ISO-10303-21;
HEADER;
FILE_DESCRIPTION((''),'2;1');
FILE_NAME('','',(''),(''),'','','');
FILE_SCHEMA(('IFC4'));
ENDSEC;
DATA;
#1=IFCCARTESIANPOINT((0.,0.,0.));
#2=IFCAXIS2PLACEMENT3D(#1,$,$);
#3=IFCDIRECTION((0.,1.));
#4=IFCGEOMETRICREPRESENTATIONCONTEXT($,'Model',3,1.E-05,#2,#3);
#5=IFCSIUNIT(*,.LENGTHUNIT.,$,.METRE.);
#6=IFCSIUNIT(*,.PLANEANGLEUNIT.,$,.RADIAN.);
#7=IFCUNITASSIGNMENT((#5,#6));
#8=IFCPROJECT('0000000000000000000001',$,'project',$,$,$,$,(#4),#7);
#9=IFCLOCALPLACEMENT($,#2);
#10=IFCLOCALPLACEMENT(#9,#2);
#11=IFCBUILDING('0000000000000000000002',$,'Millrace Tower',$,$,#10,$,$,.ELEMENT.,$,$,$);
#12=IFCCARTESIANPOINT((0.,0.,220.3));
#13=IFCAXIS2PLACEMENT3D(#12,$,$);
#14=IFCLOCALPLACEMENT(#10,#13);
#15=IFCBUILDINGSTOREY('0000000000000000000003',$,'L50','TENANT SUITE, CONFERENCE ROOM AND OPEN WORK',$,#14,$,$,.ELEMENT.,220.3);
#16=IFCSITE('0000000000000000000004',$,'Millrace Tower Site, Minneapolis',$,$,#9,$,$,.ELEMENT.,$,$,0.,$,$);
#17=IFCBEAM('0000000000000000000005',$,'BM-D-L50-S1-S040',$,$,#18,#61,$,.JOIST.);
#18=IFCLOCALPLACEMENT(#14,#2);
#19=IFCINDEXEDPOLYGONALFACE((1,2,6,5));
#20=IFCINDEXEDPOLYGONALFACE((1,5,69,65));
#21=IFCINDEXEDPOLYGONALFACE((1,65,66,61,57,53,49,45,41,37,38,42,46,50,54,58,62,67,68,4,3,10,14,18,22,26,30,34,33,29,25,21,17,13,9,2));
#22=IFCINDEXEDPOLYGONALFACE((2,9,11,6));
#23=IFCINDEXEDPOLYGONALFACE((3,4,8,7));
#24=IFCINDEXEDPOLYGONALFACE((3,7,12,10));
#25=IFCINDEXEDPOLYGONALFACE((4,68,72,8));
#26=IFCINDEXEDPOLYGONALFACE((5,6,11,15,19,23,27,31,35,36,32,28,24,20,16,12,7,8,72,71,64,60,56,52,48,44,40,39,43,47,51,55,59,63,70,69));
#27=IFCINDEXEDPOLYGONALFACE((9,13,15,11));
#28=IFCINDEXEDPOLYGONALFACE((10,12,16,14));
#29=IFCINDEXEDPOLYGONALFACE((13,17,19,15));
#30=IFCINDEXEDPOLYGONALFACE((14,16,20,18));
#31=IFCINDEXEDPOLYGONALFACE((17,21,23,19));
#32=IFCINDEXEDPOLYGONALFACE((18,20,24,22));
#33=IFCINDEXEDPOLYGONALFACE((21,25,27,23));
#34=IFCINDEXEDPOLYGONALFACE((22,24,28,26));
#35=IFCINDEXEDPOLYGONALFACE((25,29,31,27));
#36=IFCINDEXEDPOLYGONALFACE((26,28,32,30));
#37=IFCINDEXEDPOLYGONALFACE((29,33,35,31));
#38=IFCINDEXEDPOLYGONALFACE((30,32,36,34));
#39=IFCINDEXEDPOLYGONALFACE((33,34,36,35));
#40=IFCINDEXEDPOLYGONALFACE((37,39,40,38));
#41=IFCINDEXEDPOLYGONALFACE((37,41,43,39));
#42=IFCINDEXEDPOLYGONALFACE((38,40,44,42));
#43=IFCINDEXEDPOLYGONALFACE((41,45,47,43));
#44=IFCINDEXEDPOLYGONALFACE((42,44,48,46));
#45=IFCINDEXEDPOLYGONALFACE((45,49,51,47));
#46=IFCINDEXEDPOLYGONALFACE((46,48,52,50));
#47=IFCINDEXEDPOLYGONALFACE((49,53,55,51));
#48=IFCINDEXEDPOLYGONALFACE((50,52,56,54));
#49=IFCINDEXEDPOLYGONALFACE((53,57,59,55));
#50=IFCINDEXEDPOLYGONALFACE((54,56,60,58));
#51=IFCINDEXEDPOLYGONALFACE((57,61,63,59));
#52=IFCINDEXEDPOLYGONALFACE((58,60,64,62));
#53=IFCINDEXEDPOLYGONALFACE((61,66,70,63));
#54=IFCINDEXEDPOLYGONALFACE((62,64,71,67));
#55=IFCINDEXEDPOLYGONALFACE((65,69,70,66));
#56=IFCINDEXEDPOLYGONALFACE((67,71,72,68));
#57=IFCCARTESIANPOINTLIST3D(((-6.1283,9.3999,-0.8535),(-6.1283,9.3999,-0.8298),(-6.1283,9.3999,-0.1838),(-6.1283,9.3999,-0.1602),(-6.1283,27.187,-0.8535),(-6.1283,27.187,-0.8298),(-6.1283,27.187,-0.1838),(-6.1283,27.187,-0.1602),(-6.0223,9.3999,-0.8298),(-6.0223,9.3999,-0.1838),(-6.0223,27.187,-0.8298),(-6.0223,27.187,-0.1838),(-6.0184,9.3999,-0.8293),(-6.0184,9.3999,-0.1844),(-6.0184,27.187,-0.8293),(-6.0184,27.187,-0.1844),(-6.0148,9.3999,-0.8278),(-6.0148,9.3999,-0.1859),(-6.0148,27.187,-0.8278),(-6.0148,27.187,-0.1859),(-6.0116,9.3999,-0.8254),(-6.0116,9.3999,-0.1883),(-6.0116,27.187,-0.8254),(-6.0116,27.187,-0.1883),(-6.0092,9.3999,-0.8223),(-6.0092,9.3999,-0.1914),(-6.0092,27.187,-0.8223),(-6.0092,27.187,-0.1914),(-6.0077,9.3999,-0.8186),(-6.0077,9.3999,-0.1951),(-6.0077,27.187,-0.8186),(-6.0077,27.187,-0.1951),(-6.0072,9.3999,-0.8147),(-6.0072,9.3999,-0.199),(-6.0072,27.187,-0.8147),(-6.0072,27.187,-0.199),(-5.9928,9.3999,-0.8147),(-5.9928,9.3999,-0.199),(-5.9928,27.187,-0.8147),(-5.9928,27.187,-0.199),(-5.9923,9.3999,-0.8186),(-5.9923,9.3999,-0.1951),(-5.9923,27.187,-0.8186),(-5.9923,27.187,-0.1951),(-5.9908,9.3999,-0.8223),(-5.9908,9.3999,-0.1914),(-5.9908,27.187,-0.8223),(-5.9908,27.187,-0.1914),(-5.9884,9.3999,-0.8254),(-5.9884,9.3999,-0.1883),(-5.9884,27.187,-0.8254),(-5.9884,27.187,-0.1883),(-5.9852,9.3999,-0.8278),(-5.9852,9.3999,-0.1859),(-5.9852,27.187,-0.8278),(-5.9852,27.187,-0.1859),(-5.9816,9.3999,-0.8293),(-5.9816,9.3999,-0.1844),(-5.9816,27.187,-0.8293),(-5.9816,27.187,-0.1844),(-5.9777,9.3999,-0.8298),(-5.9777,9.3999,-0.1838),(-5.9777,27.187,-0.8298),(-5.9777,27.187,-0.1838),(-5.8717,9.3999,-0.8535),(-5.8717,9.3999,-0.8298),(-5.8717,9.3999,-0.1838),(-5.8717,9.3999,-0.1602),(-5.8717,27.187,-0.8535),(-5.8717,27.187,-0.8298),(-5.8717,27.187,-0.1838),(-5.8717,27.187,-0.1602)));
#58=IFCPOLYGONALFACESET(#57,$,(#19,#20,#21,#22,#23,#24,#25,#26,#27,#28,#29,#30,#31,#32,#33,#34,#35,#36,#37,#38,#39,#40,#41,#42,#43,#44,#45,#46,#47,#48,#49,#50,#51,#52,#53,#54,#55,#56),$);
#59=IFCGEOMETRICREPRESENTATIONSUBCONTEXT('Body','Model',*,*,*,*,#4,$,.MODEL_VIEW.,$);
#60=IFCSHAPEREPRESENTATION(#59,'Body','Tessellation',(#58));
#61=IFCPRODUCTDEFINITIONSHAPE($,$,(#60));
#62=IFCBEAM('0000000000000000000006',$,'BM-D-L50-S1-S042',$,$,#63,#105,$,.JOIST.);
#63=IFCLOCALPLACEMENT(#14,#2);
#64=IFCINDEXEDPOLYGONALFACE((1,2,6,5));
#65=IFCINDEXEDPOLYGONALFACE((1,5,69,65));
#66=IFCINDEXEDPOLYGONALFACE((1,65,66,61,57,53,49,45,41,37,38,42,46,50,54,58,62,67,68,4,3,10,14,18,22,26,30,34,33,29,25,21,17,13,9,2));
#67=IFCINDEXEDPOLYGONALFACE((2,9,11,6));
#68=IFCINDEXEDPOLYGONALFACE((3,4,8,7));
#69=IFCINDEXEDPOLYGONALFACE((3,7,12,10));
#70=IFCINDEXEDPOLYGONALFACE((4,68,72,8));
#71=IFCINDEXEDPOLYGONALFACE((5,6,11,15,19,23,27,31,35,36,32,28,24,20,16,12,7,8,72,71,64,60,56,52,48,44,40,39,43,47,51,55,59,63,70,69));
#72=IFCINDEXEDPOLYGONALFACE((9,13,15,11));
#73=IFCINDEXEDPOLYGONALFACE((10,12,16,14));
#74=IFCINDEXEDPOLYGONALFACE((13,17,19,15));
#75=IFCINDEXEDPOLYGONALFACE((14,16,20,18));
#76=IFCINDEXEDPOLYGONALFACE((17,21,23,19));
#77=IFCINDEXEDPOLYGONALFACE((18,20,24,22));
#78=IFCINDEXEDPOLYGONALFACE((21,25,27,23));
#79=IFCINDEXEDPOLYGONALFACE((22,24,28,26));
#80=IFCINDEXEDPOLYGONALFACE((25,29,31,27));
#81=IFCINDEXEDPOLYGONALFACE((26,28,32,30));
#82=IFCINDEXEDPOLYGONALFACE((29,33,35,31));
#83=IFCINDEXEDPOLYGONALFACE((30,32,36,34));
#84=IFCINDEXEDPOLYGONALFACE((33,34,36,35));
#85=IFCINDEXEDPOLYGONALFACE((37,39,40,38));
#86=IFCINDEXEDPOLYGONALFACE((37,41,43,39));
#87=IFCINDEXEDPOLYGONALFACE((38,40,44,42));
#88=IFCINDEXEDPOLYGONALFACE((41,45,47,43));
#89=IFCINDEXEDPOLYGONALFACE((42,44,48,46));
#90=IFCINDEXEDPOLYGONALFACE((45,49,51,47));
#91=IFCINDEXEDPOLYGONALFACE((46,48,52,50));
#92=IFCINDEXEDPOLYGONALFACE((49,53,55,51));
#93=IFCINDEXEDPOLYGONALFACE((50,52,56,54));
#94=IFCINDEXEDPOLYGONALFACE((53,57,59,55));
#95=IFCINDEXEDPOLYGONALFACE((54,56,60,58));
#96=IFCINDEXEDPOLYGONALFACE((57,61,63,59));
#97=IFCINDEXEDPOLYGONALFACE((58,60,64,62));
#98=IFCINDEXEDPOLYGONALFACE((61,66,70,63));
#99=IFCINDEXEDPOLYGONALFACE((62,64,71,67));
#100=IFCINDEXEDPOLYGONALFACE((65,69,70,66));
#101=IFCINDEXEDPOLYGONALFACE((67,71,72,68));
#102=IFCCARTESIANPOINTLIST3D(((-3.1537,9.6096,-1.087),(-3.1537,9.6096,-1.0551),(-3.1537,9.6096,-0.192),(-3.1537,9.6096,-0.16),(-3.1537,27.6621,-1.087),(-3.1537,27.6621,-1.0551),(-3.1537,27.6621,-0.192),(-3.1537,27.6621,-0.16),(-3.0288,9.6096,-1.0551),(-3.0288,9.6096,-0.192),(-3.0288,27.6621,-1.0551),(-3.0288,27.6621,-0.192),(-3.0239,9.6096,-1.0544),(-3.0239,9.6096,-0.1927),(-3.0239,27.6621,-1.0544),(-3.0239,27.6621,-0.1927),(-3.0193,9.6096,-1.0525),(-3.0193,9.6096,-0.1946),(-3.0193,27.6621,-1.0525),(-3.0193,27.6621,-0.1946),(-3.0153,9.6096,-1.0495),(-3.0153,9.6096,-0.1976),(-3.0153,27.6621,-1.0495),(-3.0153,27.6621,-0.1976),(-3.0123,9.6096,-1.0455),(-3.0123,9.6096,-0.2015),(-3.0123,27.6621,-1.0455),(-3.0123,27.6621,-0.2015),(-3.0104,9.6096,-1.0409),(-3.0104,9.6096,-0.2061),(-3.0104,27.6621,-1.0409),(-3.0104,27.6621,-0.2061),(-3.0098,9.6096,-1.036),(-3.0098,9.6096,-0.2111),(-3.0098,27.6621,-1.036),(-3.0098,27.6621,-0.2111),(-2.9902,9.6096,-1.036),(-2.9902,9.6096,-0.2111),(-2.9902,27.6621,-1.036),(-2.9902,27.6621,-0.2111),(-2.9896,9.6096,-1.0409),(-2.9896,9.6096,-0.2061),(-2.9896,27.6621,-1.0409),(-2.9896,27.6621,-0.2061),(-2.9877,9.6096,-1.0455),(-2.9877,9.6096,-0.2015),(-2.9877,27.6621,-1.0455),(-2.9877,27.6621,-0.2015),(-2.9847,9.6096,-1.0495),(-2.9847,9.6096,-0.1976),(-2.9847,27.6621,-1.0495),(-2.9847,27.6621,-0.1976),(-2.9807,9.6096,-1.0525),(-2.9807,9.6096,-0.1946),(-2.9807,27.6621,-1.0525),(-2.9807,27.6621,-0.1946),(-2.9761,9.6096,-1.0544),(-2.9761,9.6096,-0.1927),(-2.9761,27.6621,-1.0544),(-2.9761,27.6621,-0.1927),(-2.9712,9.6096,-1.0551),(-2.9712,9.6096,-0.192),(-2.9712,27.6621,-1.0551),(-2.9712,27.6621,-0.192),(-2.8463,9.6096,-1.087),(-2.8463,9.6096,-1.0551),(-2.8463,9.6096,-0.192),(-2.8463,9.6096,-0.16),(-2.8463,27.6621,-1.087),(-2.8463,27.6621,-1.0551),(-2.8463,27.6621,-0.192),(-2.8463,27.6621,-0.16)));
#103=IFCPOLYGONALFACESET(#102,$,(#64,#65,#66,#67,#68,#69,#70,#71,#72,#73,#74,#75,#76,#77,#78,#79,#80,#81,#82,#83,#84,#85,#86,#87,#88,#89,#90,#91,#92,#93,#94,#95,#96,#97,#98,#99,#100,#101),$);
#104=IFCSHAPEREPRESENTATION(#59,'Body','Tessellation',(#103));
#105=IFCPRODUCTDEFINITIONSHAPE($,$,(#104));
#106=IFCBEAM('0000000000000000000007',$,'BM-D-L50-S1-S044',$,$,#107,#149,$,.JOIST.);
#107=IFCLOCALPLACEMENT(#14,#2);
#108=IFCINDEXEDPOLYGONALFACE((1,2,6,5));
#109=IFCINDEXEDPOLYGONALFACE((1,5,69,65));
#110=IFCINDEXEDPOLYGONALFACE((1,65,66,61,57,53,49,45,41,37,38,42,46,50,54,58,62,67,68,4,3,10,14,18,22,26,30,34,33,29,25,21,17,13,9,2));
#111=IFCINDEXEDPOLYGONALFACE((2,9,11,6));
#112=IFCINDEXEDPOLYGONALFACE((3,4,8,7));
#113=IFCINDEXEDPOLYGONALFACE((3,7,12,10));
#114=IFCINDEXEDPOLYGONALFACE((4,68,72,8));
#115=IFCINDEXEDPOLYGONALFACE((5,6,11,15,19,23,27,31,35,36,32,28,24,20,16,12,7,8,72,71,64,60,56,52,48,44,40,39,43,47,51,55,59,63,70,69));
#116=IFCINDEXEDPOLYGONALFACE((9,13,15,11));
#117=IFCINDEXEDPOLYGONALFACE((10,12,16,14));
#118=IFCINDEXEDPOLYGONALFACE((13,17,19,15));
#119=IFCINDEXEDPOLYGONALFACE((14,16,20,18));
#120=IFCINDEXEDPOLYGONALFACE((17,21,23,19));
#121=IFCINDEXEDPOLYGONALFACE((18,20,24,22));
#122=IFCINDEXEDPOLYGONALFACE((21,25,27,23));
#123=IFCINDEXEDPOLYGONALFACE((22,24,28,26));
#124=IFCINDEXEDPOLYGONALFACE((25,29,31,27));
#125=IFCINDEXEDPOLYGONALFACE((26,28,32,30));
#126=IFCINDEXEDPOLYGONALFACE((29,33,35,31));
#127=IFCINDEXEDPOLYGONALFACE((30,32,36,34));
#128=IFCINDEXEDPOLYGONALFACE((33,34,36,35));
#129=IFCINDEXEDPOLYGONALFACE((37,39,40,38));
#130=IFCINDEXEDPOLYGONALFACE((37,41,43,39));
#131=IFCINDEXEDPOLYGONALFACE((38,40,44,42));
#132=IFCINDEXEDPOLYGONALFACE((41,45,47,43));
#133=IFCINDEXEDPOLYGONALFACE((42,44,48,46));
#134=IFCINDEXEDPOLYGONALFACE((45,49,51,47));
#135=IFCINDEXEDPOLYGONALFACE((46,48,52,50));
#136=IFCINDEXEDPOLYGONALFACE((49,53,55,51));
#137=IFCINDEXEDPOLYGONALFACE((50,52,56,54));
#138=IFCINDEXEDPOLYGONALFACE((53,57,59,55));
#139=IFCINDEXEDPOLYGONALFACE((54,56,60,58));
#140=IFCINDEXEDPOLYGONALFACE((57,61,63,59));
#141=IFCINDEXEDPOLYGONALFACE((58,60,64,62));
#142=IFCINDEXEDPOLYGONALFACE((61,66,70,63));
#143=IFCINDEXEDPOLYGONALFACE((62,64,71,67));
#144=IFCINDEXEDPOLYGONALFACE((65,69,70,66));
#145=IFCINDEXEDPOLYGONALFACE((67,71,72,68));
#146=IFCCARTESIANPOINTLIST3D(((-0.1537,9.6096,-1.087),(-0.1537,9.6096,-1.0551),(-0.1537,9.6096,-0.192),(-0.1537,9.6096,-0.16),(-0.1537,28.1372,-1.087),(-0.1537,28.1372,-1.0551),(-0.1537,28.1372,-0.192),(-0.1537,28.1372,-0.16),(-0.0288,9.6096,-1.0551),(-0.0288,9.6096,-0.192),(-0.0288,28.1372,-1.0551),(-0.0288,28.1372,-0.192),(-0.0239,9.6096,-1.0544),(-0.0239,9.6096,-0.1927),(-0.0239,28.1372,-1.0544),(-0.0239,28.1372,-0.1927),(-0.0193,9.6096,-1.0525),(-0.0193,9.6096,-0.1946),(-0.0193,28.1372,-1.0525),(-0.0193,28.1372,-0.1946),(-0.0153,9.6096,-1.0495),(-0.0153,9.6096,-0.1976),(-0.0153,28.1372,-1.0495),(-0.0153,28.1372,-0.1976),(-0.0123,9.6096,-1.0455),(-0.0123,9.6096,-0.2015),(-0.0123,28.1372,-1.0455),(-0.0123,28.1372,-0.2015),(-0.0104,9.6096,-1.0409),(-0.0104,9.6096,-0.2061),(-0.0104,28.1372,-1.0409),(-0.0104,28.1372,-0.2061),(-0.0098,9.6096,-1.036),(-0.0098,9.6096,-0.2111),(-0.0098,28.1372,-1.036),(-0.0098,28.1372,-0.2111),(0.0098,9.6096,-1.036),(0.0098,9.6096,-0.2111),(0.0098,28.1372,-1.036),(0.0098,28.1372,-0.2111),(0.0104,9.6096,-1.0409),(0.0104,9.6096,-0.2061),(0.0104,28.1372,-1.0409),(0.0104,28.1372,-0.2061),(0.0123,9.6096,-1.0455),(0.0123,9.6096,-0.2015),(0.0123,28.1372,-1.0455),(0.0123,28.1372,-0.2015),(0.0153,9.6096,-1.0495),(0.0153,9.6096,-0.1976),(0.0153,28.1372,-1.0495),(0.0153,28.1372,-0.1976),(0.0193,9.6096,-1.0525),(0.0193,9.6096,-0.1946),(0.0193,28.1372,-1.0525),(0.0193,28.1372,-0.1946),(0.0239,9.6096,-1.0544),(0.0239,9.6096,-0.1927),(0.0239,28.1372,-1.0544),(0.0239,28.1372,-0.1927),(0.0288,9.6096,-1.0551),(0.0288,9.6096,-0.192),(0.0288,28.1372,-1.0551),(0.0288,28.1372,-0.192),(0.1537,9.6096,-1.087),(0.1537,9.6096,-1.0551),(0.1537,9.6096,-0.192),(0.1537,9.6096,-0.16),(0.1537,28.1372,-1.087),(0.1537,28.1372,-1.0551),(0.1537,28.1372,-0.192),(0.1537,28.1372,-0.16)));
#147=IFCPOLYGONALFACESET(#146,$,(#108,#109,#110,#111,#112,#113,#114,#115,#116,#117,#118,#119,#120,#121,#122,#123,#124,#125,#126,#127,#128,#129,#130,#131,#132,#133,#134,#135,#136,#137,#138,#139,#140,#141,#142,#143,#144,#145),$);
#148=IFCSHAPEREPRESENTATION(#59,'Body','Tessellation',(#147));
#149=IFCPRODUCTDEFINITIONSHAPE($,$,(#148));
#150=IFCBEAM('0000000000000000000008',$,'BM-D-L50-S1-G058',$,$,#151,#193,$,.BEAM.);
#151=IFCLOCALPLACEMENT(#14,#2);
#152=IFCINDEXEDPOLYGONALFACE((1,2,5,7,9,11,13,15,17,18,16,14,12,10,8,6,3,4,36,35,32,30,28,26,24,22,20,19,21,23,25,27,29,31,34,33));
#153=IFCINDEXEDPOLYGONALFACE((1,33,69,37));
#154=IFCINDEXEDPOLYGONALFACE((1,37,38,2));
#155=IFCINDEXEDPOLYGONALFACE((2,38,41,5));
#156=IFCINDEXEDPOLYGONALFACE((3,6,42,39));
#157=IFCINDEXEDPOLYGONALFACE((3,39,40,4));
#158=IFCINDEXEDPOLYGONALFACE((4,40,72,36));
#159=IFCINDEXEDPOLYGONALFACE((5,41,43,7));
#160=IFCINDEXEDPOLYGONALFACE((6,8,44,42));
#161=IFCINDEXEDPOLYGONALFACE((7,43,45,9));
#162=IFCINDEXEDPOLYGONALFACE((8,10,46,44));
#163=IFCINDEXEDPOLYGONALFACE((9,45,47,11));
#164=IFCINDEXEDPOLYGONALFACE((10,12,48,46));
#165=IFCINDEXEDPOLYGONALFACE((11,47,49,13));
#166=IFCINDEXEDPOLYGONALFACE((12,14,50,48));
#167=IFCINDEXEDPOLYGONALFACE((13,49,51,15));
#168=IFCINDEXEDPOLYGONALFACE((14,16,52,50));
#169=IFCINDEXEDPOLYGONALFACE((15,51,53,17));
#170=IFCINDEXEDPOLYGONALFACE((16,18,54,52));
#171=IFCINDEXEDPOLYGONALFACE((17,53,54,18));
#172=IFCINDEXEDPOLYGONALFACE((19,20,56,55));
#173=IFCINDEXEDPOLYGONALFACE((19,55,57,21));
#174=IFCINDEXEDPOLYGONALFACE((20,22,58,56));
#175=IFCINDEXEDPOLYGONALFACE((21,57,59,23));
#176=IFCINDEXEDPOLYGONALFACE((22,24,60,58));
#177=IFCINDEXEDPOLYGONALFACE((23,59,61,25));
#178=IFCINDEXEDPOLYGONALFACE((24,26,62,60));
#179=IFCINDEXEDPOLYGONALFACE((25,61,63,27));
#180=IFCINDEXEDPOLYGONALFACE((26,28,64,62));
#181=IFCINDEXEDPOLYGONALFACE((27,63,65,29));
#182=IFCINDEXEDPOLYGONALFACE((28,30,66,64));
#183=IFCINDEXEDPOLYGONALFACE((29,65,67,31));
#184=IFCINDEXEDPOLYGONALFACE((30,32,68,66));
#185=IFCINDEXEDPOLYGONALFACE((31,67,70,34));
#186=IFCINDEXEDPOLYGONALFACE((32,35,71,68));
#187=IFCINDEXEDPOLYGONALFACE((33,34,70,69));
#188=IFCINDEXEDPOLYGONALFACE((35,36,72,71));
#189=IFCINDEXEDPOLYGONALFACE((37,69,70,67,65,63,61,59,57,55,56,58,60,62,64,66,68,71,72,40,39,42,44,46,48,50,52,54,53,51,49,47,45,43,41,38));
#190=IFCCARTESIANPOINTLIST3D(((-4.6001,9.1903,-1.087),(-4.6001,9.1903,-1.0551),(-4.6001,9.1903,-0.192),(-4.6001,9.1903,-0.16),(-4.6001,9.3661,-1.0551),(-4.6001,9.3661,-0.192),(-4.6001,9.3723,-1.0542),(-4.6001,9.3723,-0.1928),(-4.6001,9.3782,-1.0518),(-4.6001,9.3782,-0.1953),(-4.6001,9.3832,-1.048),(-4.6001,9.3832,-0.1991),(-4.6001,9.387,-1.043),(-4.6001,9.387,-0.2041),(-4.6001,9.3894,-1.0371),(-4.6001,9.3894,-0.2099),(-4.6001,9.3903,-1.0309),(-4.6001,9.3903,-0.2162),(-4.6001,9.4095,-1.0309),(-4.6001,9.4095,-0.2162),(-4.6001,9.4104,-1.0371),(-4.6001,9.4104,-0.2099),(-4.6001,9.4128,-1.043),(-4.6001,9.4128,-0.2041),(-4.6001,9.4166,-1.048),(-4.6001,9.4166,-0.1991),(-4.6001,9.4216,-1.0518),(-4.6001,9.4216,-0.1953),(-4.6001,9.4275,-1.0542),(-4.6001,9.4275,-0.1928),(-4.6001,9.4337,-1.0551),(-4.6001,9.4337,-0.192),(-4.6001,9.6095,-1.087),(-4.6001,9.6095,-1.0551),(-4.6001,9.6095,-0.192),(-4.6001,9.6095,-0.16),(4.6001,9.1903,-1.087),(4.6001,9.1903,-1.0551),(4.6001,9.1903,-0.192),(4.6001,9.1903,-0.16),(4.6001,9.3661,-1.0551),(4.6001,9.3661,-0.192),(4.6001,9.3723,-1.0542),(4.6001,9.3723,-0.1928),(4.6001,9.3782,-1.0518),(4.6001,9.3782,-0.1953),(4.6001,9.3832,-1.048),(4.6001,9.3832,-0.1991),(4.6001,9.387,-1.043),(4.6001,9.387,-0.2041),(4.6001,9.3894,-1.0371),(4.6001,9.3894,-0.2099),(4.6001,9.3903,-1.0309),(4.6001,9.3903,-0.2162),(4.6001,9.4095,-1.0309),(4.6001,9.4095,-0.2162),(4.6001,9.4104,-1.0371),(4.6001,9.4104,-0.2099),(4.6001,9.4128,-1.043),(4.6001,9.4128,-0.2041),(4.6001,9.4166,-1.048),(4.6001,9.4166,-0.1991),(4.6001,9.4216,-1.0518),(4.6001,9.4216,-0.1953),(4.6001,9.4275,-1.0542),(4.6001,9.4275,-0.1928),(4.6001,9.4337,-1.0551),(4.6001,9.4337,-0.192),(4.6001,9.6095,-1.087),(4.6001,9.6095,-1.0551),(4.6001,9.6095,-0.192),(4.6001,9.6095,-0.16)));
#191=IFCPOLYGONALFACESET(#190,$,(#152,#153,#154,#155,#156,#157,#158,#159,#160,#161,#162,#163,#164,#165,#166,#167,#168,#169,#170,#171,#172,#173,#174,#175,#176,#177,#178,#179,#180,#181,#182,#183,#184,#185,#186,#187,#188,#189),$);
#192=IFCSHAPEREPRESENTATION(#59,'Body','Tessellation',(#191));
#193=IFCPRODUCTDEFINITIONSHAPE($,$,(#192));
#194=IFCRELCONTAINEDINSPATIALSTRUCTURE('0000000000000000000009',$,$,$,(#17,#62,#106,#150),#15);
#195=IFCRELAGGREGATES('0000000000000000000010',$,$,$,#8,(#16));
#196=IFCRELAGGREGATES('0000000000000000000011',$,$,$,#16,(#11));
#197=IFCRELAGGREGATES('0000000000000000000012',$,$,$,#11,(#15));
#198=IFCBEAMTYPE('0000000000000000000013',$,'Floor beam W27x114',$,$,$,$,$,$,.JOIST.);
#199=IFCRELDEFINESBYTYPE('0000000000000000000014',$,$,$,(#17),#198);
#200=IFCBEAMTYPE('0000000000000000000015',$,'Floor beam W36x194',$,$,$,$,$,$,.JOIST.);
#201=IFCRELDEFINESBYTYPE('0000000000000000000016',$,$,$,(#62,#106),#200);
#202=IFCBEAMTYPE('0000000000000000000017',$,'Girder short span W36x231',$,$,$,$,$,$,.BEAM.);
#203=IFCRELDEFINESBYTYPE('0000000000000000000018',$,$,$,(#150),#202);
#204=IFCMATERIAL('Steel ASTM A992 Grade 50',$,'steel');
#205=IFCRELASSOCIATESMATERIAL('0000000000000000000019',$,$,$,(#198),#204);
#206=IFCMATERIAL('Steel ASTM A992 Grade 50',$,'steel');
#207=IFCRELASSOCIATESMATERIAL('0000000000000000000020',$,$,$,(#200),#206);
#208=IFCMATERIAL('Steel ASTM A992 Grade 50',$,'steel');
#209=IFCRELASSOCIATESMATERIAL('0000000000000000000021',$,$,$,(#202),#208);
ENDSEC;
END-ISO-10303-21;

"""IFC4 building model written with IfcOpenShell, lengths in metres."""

from ifc_helpers import new_model, si_unit, direction, frame, origin, origin_2d, place, context, subcontext, project, spatial, i_section, extrude, material, material_profile, profile_set, type_object, element, save


model = new_model("IFC4")

# Units and contexts
model_context = context("Model", 3, precision=1e-05, world=origin(), true_north=direction((0.0, 1.0)))
body_context = subcontext(model_context, "Body", "Model", "MODEL_VIEW")
ifc_project = project(units=[si_unit("LENGTHUNIT", "METRE"), si_unit("PLANEANGLEUNIT", "RADIAN")], contexts=[model_context])

# Site, building, storey
site_placement = place(None, origin())
site = spatial("IfcSite", under=ifc_project, at=site_placement, Name="Millrace Tower Site, Minneapolis", CompositionType="ELEMENT", RefElevation=0.0)
building_placement = place(site_placement, origin())
building = spatial("IfcBuilding", under=site, at=building_placement, Name="Millrace Tower", CompositionType="ELEMENT")
storey_placement = place(building_placement, frame((0.0, 0.0, 220.3)))
storey = spatial("IfcBuildingStorey", under=building, at=storey_placement, Name="L50", Description="TENANT SUITE, CONFERENCE ROOM AND OPEN WORK", CompositionType="ELEMENT", Elevation=220.3)

# Beams
ifc_material_1 = material(Name="Steel ASTM A992 Grade 50", Category="steel")
ifc_material_profile_1 = material_profile(ifc_material_1, i_section(OverallWidth=0.2566, OverallDepth=0.6934, WebThickness=0.0144, FlangeThickness=0.0237, FilletRadius=0.0151, at=origin_2d()))
ifc_profile_set_1 = profile_set([ifc_material_profile_1], Name="Steel ASTM A992 Grade 50")
beam_type_1 = type_object("IfcBeamType", Name="Floor beam W27x114", PredefinedType="JOIST", material=ifc_profile_set_1)
beam_1_placement = place(storey_placement, frame((-6.0, 9.3999, -0.5068), z_axis=(0.0, 1.0, 0.0), x_axis=(-1.0, 0.0, 0.0)))
element("IfcBeam", 1, at=beam_1_placement, inside=storey, type_object=beam_type_1, Name="BM-D-L50-S1-S040", PredefinedType="JOIST", context=body_context, shape_type="SweptSolid", body=[
    extrude(i_section(OverallWidth=0.2566, OverallDepth=0.6934, WebThickness=0.0144, FlangeThickness=0.0237, FilletRadius=0.0151, at=origin_2d()), origin(), (0.0, 0.0, 1.0), 17.7871),
])
ifc_material_2 = material(Name="Steel ASTM A992 Grade 50", Category="steel")
ifc_material_profile_2 = material_profile(ifc_material_2, i_section(OverallWidth=0.3074, OverallDepth=0.927, WebThickness=0.0195, FlangeThickness=0.032, FilletRadius=0.019, at=origin_2d()))
ifc_profile_set_2 = profile_set([ifc_material_profile_2], Name="Steel ASTM A992 Grade 50")
beam_type_2 = type_object("IfcBeamType", Name="Floor beam W36x194", PredefinedType="JOIST", material=ifc_profile_set_2)
beam_2_placement = place(storey_placement, frame((-3.0, 9.6096, -0.6235), z_axis=(0.0, 1.0, 0.0), x_axis=(-1.0, 0.0, 0.0)))
element("IfcBeam", 2, at=beam_2_placement, inside=storey, type_object=beam_type_2, Name="BM-D-L50-S1-S042", PredefinedType="JOIST", context=body_context, shape_type="SweptSolid", body=[
    extrude(i_section(OverallWidth=0.3074, OverallDepth=0.927, WebThickness=0.0195, FlangeThickness=0.032, FilletRadius=0.019, at=origin_2d()), origin(), (0.0, 0.0, 1.0), 18.0525),
])
beam_3_placement = place(storey_placement, frame((0.0, 9.6096, -0.6235), z_axis=(0.0, 1.0, 0.0), x_axis=(-1.0, 0.0, 0.0)))
element("IfcBeam", 3, at=beam_3_placement, inside=storey, type_object=beam_type_2, Name="BM-D-L50-S1-S044", PredefinedType="JOIST", context=body_context, shape_type="SweptSolid", body=[
    extrude(i_section(OverallWidth=0.3074, OverallDepth=0.927, WebThickness=0.0195, FlangeThickness=0.032, FilletRadius=0.019, at=origin_2d()), origin(), (0.0, 0.0, 1.0), 18.5276),
])
ifc_material_3 = material(Name="Steel ASTM A992 Grade 50", Category="steel")
ifc_material_profile_3 = material_profile(ifc_material_3, i_section(OverallWidth=0.4192, OverallDepth=0.927, WebThickness=0.0193, FlangeThickness=0.032, FilletRadius=0.0242, at=origin_2d()))
ifc_profile_set_3 = profile_set([ifc_material_profile_3], Name="Steel ASTM A992 Grade 50")
beam_type_3 = type_object("IfcBeamType", Name="Girder short span W36x231", PredefinedType="BEAM", material=ifc_profile_set_3)
beam_4_placement = place(storey_placement, frame((-4.6001, 9.3999, -0.6235), z_axis=(1.0, 0.0, 0.0), x_axis=(0.0, 1.0, 0.0)))
element("IfcBeam", 4, at=beam_4_placement, inside=storey, type_object=beam_type_3, Name="BM-D-L50-S1-G058", PredefinedType="BEAM", context=body_context, shape_type="SweptSolid", body=[
    extrude(i_section(OverallWidth=0.4192, OverallDepth=0.927, WebThickness=0.0193, FlangeThickness=0.032, FilletRadius=0.0242, at=origin_2d()), origin(), (0.0, 0.0, 1.0), 9.2002),
])

save(model, "model.ifc")
